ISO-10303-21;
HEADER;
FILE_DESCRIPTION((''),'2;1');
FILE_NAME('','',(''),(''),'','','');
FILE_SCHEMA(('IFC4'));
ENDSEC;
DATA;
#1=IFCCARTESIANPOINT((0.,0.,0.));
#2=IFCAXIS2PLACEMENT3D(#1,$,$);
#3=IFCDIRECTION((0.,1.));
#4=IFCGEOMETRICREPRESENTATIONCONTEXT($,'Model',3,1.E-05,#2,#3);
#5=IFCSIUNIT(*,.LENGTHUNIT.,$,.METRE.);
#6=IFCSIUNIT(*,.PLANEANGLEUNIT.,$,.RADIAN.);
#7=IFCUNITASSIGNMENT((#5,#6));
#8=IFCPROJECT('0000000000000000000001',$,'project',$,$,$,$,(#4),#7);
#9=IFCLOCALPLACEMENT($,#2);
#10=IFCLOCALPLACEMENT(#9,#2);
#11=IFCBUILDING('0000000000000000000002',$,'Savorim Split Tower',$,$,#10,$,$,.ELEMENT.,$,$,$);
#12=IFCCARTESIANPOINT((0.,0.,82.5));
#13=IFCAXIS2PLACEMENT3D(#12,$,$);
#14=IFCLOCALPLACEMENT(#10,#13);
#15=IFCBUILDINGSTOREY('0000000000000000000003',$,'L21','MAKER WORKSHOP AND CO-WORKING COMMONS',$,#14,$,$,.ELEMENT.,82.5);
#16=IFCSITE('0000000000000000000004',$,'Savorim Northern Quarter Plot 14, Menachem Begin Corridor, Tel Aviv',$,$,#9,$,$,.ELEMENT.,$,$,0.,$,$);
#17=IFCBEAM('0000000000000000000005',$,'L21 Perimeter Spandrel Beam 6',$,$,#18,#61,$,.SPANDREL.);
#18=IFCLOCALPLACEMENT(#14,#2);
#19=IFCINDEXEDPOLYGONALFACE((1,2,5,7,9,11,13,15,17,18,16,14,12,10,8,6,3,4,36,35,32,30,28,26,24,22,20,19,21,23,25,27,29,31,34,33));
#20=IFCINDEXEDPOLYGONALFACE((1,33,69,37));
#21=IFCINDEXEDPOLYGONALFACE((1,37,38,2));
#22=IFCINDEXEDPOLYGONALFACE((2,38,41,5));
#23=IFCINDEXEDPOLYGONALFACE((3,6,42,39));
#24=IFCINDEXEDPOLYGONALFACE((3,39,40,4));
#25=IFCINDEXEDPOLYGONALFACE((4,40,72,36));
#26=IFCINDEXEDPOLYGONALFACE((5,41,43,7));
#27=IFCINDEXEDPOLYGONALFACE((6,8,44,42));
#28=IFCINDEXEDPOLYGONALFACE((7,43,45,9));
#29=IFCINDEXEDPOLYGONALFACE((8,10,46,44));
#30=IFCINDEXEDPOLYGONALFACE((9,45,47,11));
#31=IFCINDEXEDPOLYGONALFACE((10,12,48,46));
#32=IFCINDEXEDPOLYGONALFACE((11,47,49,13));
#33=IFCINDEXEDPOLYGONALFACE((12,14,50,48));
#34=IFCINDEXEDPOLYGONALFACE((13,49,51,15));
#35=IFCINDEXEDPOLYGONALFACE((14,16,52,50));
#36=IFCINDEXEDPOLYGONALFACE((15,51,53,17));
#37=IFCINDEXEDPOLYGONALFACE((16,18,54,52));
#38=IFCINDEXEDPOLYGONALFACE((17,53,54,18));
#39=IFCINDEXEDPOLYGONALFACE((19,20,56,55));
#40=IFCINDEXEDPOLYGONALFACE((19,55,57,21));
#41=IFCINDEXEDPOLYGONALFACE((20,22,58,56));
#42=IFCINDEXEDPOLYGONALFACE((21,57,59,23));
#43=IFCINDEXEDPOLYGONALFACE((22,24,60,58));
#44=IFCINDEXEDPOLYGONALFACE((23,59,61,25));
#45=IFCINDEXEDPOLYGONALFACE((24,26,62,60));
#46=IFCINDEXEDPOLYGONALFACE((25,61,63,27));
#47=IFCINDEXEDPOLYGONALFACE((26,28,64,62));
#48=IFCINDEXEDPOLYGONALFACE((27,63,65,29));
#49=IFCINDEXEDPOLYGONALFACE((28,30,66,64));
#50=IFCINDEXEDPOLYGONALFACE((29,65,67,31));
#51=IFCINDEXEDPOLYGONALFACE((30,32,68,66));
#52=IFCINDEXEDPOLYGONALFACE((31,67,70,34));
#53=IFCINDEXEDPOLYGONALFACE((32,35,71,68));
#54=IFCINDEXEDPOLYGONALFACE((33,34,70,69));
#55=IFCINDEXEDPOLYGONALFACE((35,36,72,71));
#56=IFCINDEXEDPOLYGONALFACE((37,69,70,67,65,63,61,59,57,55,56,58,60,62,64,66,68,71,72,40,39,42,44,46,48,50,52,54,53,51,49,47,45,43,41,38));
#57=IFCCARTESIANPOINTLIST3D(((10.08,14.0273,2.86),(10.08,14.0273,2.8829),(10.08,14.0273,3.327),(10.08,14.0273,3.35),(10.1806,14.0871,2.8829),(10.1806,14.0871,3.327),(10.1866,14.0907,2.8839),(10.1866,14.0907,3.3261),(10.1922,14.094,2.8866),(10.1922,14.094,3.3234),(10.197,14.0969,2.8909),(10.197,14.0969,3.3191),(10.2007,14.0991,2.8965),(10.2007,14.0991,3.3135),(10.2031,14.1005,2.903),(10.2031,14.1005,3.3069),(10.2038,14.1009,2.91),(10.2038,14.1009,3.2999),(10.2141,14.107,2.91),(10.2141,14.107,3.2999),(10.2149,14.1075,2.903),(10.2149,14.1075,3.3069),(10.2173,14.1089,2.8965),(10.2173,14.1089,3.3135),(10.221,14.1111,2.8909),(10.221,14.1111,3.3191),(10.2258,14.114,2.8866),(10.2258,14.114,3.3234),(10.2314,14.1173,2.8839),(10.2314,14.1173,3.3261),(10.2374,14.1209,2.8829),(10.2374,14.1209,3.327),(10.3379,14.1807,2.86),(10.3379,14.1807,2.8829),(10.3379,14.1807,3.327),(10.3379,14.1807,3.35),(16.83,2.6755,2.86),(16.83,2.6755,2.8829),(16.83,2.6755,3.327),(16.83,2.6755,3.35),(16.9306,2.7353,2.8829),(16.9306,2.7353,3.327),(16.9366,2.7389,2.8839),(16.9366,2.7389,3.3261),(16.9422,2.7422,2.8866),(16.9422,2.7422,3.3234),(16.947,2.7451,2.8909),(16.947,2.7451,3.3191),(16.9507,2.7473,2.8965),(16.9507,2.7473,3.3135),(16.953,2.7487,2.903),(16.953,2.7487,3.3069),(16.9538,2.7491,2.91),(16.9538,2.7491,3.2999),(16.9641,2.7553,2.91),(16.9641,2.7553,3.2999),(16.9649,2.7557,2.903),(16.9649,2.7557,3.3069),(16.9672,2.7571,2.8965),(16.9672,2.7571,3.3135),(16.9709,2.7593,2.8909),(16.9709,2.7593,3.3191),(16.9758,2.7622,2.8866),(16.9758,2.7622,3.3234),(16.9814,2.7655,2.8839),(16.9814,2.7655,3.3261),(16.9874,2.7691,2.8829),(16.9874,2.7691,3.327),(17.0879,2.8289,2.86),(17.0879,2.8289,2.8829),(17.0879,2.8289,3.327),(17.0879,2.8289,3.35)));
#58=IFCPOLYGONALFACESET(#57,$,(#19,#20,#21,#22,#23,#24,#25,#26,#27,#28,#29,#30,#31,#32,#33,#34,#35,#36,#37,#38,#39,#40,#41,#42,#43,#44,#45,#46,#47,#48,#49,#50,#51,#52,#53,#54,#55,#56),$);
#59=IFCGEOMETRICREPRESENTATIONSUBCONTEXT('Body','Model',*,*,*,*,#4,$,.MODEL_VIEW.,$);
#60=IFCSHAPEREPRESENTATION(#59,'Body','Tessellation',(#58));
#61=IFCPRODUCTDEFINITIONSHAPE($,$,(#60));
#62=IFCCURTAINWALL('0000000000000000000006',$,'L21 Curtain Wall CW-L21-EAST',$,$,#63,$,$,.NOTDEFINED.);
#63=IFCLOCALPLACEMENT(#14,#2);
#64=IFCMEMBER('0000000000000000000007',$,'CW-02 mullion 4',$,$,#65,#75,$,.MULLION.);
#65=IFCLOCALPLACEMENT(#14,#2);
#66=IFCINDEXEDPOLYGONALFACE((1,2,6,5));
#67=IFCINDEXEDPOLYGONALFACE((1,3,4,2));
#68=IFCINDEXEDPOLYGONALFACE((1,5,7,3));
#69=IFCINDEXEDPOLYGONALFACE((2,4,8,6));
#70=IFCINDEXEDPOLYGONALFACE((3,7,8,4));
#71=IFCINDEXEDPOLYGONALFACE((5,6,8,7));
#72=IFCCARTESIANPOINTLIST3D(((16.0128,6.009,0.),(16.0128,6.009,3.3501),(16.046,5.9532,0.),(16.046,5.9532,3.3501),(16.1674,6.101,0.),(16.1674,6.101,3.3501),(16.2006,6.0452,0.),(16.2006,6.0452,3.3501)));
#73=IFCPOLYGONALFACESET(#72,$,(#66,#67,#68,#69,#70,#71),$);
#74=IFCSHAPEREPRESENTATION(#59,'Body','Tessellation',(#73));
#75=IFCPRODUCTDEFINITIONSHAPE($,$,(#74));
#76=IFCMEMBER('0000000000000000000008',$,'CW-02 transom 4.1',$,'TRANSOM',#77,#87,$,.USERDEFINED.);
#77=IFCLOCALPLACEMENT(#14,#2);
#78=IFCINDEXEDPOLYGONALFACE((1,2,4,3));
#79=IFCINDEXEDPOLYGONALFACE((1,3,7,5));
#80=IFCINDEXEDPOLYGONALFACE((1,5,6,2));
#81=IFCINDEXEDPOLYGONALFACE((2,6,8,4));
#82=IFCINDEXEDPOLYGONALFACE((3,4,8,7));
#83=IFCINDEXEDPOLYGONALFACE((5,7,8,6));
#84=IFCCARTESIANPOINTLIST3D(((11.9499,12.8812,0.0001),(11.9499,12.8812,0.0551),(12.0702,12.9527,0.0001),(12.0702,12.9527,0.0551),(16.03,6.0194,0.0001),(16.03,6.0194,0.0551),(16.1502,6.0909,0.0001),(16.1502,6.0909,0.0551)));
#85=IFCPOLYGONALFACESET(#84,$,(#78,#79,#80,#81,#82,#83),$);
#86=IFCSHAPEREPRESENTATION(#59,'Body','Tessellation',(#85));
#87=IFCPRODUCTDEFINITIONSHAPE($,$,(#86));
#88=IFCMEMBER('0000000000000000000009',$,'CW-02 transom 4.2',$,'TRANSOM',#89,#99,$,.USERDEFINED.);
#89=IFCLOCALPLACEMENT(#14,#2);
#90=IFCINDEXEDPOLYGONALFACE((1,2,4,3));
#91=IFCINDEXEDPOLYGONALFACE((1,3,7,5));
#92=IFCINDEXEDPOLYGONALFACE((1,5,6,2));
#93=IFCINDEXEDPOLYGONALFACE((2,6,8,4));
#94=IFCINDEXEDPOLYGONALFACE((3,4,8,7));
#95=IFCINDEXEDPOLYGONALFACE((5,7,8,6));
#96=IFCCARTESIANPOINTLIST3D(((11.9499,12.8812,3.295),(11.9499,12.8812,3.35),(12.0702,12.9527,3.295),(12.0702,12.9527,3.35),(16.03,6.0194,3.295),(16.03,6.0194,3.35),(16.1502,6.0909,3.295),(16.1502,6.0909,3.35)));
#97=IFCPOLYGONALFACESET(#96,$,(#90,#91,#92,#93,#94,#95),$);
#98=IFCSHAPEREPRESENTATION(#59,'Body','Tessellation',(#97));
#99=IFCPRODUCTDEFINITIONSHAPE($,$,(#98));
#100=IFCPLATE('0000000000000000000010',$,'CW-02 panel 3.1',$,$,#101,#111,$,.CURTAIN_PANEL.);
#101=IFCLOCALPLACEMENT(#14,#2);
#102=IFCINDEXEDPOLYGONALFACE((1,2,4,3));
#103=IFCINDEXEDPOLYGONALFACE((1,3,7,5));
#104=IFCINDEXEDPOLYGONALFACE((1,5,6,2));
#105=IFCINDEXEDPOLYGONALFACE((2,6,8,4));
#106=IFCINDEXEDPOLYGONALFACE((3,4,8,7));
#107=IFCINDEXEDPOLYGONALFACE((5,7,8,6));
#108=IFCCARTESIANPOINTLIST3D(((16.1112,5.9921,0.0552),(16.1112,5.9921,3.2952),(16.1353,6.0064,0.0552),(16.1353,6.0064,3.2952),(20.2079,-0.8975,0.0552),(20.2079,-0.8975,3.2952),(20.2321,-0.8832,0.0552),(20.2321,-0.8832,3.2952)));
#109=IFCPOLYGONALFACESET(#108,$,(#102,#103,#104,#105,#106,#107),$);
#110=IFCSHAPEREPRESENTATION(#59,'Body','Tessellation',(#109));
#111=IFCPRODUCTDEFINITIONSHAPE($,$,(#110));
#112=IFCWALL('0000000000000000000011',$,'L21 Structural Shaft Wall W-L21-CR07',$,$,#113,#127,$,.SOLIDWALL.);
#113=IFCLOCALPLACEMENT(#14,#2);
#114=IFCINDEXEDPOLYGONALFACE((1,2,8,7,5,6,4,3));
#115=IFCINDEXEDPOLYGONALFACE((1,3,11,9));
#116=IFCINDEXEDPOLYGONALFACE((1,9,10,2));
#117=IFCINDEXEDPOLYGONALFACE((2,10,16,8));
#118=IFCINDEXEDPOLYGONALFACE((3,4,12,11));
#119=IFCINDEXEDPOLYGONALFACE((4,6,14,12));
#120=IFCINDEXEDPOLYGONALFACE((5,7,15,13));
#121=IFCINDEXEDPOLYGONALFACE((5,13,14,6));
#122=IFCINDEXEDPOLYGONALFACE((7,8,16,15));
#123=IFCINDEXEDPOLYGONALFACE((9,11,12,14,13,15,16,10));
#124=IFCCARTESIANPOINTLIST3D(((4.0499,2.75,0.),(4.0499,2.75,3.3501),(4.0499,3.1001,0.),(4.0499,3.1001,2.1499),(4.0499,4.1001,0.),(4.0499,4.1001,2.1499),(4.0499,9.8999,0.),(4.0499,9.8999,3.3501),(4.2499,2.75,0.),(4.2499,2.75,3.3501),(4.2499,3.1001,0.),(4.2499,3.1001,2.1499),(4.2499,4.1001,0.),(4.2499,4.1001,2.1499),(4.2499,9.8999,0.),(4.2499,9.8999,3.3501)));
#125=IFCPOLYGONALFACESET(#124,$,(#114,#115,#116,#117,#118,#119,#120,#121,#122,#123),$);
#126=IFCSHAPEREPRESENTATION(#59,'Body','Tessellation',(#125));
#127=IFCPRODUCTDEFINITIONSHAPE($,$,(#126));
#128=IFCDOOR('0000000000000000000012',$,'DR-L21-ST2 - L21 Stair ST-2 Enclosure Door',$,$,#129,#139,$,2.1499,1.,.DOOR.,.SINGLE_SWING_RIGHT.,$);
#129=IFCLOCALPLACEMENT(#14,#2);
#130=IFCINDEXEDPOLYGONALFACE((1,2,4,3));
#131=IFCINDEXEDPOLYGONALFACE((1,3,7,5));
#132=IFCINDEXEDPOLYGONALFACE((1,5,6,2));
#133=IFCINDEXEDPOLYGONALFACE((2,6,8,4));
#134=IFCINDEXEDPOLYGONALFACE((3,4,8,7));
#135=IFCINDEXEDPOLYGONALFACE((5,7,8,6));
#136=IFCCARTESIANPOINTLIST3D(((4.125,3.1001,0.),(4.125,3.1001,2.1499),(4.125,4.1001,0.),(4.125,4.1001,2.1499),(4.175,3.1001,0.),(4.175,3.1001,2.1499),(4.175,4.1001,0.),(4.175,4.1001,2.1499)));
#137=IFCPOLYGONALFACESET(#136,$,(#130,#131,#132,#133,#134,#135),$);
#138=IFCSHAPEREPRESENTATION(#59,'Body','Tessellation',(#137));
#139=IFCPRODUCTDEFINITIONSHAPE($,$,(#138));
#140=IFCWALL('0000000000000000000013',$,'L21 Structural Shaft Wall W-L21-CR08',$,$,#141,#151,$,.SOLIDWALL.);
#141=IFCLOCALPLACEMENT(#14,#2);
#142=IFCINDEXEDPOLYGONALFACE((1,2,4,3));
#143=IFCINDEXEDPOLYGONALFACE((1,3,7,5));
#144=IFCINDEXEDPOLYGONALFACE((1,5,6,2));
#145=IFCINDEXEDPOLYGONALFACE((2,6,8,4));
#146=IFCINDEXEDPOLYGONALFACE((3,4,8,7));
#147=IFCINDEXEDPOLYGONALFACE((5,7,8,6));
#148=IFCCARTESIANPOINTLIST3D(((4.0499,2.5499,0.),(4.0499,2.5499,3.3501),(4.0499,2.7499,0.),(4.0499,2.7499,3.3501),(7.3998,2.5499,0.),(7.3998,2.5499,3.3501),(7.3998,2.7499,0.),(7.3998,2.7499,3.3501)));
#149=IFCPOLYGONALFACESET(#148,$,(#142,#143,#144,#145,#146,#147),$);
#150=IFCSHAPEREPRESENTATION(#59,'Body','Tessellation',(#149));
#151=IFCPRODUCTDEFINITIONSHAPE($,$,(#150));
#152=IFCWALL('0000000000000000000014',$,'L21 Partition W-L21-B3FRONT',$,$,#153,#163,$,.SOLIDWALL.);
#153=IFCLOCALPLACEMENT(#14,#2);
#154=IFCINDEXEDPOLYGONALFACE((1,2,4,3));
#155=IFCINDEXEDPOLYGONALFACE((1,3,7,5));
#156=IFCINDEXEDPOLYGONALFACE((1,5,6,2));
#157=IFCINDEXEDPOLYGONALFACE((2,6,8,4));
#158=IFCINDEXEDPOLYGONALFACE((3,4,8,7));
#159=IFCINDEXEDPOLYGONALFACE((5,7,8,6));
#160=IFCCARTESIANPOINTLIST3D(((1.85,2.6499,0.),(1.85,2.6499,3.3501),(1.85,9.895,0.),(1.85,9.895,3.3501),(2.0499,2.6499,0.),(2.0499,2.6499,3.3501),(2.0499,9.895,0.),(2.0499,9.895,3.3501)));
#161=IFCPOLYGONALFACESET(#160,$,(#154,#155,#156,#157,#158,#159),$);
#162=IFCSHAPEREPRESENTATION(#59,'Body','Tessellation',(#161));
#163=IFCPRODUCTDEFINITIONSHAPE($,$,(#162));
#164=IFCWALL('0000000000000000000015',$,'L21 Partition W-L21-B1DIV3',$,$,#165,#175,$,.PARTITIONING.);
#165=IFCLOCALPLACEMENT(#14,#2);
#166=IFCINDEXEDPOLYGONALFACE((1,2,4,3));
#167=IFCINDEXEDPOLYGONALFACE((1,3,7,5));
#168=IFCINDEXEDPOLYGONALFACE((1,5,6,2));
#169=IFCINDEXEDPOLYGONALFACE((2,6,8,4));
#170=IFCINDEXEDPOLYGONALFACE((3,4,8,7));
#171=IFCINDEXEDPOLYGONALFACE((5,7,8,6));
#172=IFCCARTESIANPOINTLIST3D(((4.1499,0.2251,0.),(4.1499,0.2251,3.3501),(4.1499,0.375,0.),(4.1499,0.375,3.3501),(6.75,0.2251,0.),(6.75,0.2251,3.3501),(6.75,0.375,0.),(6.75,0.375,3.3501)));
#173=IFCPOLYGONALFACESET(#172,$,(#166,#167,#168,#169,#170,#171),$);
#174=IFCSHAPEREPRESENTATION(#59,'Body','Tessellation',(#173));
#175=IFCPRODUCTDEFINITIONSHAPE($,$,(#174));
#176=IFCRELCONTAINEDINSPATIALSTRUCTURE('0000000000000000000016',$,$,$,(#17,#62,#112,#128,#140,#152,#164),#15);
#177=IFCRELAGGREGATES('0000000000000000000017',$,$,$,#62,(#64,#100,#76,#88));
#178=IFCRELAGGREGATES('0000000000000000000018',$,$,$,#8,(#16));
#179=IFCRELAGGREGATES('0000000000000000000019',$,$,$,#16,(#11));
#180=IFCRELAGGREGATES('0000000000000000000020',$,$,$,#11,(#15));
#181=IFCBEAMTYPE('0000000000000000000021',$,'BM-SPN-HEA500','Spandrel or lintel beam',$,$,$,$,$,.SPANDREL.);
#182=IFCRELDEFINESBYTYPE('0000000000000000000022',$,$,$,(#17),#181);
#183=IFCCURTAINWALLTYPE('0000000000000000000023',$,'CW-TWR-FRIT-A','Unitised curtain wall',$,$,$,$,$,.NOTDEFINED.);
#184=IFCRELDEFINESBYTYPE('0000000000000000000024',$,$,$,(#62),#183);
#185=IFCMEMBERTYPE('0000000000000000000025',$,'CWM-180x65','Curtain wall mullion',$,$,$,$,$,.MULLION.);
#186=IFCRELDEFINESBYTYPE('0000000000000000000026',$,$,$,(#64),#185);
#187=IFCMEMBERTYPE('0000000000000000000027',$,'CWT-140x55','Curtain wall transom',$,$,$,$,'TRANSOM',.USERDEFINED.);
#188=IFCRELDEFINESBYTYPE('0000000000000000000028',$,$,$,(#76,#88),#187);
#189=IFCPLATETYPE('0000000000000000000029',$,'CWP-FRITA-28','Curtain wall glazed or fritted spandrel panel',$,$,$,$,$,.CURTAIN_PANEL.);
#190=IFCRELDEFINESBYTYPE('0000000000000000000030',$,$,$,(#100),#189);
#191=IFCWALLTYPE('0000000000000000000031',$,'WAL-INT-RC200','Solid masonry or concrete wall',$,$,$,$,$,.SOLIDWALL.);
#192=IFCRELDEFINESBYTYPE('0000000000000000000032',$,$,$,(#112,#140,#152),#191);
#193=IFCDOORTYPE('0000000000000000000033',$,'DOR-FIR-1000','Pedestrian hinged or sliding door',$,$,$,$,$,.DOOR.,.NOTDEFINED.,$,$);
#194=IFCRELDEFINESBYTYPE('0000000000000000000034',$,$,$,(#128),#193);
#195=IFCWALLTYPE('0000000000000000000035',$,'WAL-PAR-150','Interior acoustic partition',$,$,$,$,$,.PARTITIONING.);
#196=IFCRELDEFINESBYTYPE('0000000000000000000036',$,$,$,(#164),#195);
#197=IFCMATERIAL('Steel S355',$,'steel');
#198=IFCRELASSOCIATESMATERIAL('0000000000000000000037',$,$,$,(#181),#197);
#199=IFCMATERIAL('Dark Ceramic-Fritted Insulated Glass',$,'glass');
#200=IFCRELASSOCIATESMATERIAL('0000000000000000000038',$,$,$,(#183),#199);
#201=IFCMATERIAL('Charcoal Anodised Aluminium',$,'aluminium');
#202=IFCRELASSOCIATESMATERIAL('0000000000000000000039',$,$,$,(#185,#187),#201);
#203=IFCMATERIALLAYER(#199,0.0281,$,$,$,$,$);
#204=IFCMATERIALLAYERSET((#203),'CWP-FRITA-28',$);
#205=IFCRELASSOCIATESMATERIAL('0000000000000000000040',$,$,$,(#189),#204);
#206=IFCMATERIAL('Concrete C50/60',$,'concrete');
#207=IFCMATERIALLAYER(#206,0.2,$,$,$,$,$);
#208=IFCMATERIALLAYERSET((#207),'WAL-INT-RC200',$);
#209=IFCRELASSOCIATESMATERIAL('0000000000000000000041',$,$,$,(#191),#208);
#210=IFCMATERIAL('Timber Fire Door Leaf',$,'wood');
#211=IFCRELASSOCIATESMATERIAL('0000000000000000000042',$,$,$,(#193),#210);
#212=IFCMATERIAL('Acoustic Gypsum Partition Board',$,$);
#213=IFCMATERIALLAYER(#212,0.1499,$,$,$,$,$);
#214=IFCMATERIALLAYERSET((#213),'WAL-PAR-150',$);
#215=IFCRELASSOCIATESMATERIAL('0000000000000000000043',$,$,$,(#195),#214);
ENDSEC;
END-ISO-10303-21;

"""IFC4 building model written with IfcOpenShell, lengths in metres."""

from ifc_helpers import new_model, si_unit, direction, frame, frame_2d, origin, origin_2d, place, context, subcontext, project, spatial, rectangle, i_section, extrude, material, layer, layer_set, material_profile, profile_set, type_object, element, fill, aggregate, save


model = new_model("IFC4")

# Units and contexts
model_context = context("Model", 3, precision=1e-05, world=origin(), true_north=direction((0.0, 1.0)))
body_context = subcontext(model_context, "Body", "Model", "MODEL_VIEW")
ifc_project = project(units=[si_unit("LENGTHUNIT", "METRE"), si_unit("PLANEANGLEUNIT", "RADIAN")], contexts=[model_context])

# Site, building, storey
site_placement = place(None, origin())
site = spatial("IfcSite", under=ifc_project, at=site_placement, Name="Savorim Northern Quarter Plot 14, Menachem Begin Corridor, Tel Aviv", CompositionType="ELEMENT", RefElevation=0.0)
building_placement = place(site_placement, origin())
building = spatial("IfcBuilding", under=site, at=building_placement, Name="Savorim Split Tower", CompositionType="ELEMENT")
storey_placement = place(building_placement, frame((0.0, 0.0, 82.5)))
storey = spatial("IfcBuildingStorey", under=building, at=storey_placement, Name="L21", Description="MAKER WORKSHOP AND CO-WORKING COMMONS", CompositionType="ELEMENT", Elevation=82.5)

# Beam
ifc_material_1 = material(Name="Steel S355", Category="steel")
ifc_material_profile_1 = material_profile(ifc_material_1, i_section(OverallWidth=0.3, OverallDepth=0.49, WebThickness=0.012, FlangeThickness=0.0229, FilletRadius=0.0271, at=origin_2d()), Name="HEA 500")
ifc_profile_set_1 = profile_set([ifc_material_profile_1], Name="Steel S355")
beam_type_1 = type_object("IfcBeamType", Name="BM-SPN-HEA500", Description="Spandrel or lintel beam", PredefinedType="SPANDREL", material=ifc_profile_set_1)
beam_1_placement = place(storey_placement, frame((16.959, 2.7522, 3.105), z_axis=(-0.511091, 0.859527, 0.0), x_axis=(-0.859527, -0.511091, 0.0)))
element("IfcBeam", 1, at=beam_1_placement, inside=storey, type_object=beam_type_1, Name="L21 Perimeter Spandrel Beam 6", PredefinedType="SPANDREL", context=body_context, shape_type="SweptSolid", body=[
    extrude(i_section(OverallWidth=0.3, OverallDepth=0.49, WebThickness=0.012, FlangeThickness=0.0229, FilletRadius=0.0271, at=origin_2d()), origin(), (0.0, 0.0, 1.0), 13.207),
])

# Curtain wall, members, plate
ifc_material_2 = material(Name="Dark Ceramic-Fritted Insulated Glass", Category="glass")
curtain_wall_type = type_object("IfcCurtainWallType", Name="CW-TWR-FRIT-A", Description="Unitised curtain wall", PredefinedType="NOTDEFINED", material=ifc_material_2)
curtain_wall_placement = place(storey_placement, origin())
curtain_wall = element("IfcCurtainWall", 2, at=curtain_wall_placement, inside=storey, type_object=curtain_wall_type, Name="L21 Curtain Wall CW-L21-EAST", PredefinedType="NOTDEFINED")
ifc_material_3 = material(Name="Charcoal Anodised Aluminium", Category="aluminium")
ifc_material_profile_2 = material_profile(ifc_material_3, rectangle(XDim=0.1799, YDim=0.0649, at=origin_2d()), Name="ALU-M 180x65")
ifc_profile_set_2 = profile_set([ifc_material_profile_2], Name="Charcoal Anodised Aluminium")
member_type_1 = type_object("IfcMemberType", Name="CWM-180x65", Description="Curtain wall mullion", PredefinedType="MULLION", material=ifc_profile_set_2)
member_1_placement = place(storey_placement, frame((16.1067, 6.0271, 0.0), z_axis=(0.0, 0.0, 1.0), x_axis=(-0.859525, -0.511094, 0.0)))
member_1 = element("IfcMember", 3, at=member_1_placement, type_object=member_type_1, Name="CW-02 mullion 4", PredefinedType="MULLION", context=body_context, shape_type="SweptSolid", body=[
    extrude(rectangle(XDim=0.1799, YDim=0.0649, at=origin_2d()), origin(), (0.0, 0.0, 1.0), 3.3501),
])
ifc_material_profile_3 = material_profile(ifc_material_3, rectangle(XDim=0.1399, YDim=0.0549, at=origin_2d()), Name="ALU-T 140x55")
ifc_profile_set_3 = profile_set([ifc_material_profile_3], Name="Charcoal Anodised Aluminium")
member_type_2 = type_object("IfcMemberType", Name="CWT-140x55", Description="Curtain wall transom", ElementType="TRANSOM", PredefinedType="USERDEFINED", material=ifc_profile_set_3)
member_2_placement = place(storey_placement, frame((16.0901, 6.0552, 0.0276), z_axis=(-0.511083, 0.859532, 0.0), x_axis=(-0.859532, -0.511083, 0.0)))
member_2 = element("IfcMember", 4, at=member_2_placement, type_object=member_type_2, Name="CW-02 transom 4.1", ObjectType="TRANSOM", PredefinedType="USERDEFINED", context=body_context, shape_type="SweptSolid", body=[
    extrude(rectangle(XDim=0.1399, YDim=0.0549, at=origin_2d()), origin(), (0.0, 0.0, 1.0), 7.9832),
])
member_3_placement = place(storey_placement, frame((16.0901, 6.0552, 3.3225), z_axis=(-0.511083, 0.859532, 0.0), x_axis=(-0.859532, -0.511083, 0.0)))
member_3 = element("IfcMember", 5, at=member_3_placement, type_object=member_type_2, Name="CW-02 transom 4.2", ObjectType="TRANSOM", PredefinedType="USERDEFINED", context=body_context, shape_type="SweptSolid", body=[
    extrude(rectangle(XDim=0.1399, YDim=0.0549, at=origin_2d()), origin(), (0.0, 0.0, 1.0), 7.9832),
])
ifc_layer_1 = layer(ifc_material_2, 0.0281)
ifc_layer_set_1 = layer_set([ifc_layer_1], Name="CWP-FRITA-28")
plate_type = type_object("IfcPlateType", Name="CWP-FRITA-28", Description="Curtain wall glazed or fritted spandrel panel", PredefinedType="CURTAIN_PANEL", material=ifc_layer_set_1)
plate_placement = place(storey_placement, frame((18.1716, 2.5544, 0.0552), z_axis=(0.0, 0.0, 1.0), x_axis=(-0.511094, 0.859525, 0.0)))
plate = element("IfcPlate", 6, at=plate_placement, type_object=plate_type, Name="CW-02 panel 3.1", PredefinedType="CURTAIN_PANEL", context=body_context, shape_type="SweptSolid", body=[
    extrude(rectangle(XDim=8.0156, YDim=0.0281, at=origin_2d()), origin(), (0.0, 0.0, 1.0), 3.24),
])
aggregate(curtain_wall, [member_1, plate, member_2, member_3])

# Wall, opening, door
ifc_material_4 = material(Name="Concrete C50/60", Category="concrete")
ifc_layer_2 = layer(ifc_material_4, 0.2)
ifc_layer_set_2 = layer_set([ifc_layer_2], Name="WAL-INT-RC200")
wall_type_1 = type_object("IfcWallType", Name="WAL-INT-RC200", Description="Solid masonry or concrete wall", PredefinedType="SOLIDWALL", material=ifc_layer_set_2)
wall_1_placement = place(storey_placement, frame((4.1499, 2.75, 0.0), z_axis=(0.0, 0.0, 1.0), x_axis=(0.0, 1.0, 0.0)))
wall_1 = element("IfcWall", 7, at=wall_1_placement, inside=storey, type_object=wall_type_1, Name="L21 Structural Shaft Wall W-L21-CR07", PredefinedType="SOLIDWALL", context=body_context, shape_type="SweptSolid", body=[
    extrude(rectangle(XDim=7.1499, YDim=0.2, at=frame_2d((3.575, 0.0))), origin(), (0.0, 0.0, 1.0), 3.3501),
])
opening_placement = place(wall_1_placement, frame((0.3501, 0.0, 0.0)))
opening = element("IfcOpeningElement", 8, at=opening_placement, cuts=wall_1, PredefinedType="OPENING", context=body_context, shape_type="SweptSolid", body=[
    extrude(rectangle(XDim=1.0, YDim=2.1499, at=frame_2d((0.5, 1.075))), frame((0.0, 0.1099, 0.0), z_axis=(0.0, -1.0, 0.0), x_axis=(1.0, 0.0, 0.0)), (0.0, 0.0, 1.0), 0.22),
])
ifc_material_5 = material(Name="Timber Fire Door Leaf", Category="wood")
door_type = type_object("IfcDoorType", Name="DOR-FIR-1000", Description="Pedestrian hinged or sliding door", OperationType="NOTDEFINED", PredefinedType="DOOR", material=ifc_material_5)
door_placement = place(opening_placement, origin())
door = element("IfcDoor", 9, at=door_placement, inside=storey, type_object=door_type, Name="DR-L21-ST2 - L21 Stair ST-2 Enclosure Door", OperationType="SINGLE_SWING_RIGHT", OverallHeight=2.1499, OverallWidth=1.0, PredefinedType="DOOR", context=body_context, shape_type="SweptSolid", body=[
    extrude(rectangle(XDim=1.0, YDim=2.1499, at=frame_2d((0.5, 1.075))), frame((0.0, 0.0249, 0.0), z_axis=(0.0, -1.0, 0.0), x_axis=(1.0, 0.0, 0.0)), (0.0, 0.0, 1.0), 0.05),
])
fill(opening, door)

# Walls
wall_2_placement = place(storey_placement, frame((4.05, 2.6499, 0.0), z_axis=(0.0, 0.0, 1.0), x_axis=(1.0, 0.0, 0.0)))
element("IfcWall", 10, at=wall_2_placement, inside=storey, type_object=wall_type_1, Name="L21 Structural Shaft Wall W-L21-CR08", PredefinedType="SOLIDWALL", context=body_context, shape_type="SweptSolid", body=[
    extrude(rectangle(XDim=3.3499, YDim=0.2, at=frame_2d((1.6748, 0.0))), origin(), (0.0, 0.0, 1.0), 3.3501),
])
wall_3_placement = place(storey_placement, frame((1.95, 2.6499, 0.0), z_axis=(0.0, 0.0, 1.0), x_axis=(0.0, 1.0, 0.0)))
element("IfcWall", 11, at=wall_3_placement, inside=storey, type_object=wall_type_1, Name="L21 Partition W-L21-B3FRONT", PredefinedType="SOLIDWALL", context=body_context, shape_type="SweptSolid", body=[
    extrude(rectangle(XDim=7.2451, YDim=0.2, at=frame_2d((3.6226, 0.0))), origin(), (0.0, 0.0, 1.0), 3.3501),
])
ifc_material_6 = material(Name="Acoustic Gypsum Partition Board")
ifc_layer_3 = layer(ifc_material_6, 0.1499)
ifc_layer_set_3 = layer_set([ifc_layer_3], Name="WAL-PAR-150")
wall_type_2 = type_object("IfcWallType", Name="WAL-PAR-150", Description="Interior acoustic partition", PredefinedType="PARTITIONING", material=ifc_layer_set_3)
wall_4_placement = place(storey_placement, frame((4.1499, 0.3, 0.0), z_axis=(0.0, 0.0, 1.0), x_axis=(1.0, 0.0, 0.0)))
element("IfcWall", 12, at=wall_4_placement, inside=storey, type_object=wall_type_2, Name="L21 Partition W-L21-B1DIV3", PredefinedType="PARTITIONING", context=body_context, shape_type="SweptSolid", body=[
    extrude(rectangle(XDim=2.6001, YDim=0.1499, at=frame_2d((1.3, 0.0))), origin(), (0.0, 0.0, 1.0), 3.3501),
])

save(model, "model.ifc")
